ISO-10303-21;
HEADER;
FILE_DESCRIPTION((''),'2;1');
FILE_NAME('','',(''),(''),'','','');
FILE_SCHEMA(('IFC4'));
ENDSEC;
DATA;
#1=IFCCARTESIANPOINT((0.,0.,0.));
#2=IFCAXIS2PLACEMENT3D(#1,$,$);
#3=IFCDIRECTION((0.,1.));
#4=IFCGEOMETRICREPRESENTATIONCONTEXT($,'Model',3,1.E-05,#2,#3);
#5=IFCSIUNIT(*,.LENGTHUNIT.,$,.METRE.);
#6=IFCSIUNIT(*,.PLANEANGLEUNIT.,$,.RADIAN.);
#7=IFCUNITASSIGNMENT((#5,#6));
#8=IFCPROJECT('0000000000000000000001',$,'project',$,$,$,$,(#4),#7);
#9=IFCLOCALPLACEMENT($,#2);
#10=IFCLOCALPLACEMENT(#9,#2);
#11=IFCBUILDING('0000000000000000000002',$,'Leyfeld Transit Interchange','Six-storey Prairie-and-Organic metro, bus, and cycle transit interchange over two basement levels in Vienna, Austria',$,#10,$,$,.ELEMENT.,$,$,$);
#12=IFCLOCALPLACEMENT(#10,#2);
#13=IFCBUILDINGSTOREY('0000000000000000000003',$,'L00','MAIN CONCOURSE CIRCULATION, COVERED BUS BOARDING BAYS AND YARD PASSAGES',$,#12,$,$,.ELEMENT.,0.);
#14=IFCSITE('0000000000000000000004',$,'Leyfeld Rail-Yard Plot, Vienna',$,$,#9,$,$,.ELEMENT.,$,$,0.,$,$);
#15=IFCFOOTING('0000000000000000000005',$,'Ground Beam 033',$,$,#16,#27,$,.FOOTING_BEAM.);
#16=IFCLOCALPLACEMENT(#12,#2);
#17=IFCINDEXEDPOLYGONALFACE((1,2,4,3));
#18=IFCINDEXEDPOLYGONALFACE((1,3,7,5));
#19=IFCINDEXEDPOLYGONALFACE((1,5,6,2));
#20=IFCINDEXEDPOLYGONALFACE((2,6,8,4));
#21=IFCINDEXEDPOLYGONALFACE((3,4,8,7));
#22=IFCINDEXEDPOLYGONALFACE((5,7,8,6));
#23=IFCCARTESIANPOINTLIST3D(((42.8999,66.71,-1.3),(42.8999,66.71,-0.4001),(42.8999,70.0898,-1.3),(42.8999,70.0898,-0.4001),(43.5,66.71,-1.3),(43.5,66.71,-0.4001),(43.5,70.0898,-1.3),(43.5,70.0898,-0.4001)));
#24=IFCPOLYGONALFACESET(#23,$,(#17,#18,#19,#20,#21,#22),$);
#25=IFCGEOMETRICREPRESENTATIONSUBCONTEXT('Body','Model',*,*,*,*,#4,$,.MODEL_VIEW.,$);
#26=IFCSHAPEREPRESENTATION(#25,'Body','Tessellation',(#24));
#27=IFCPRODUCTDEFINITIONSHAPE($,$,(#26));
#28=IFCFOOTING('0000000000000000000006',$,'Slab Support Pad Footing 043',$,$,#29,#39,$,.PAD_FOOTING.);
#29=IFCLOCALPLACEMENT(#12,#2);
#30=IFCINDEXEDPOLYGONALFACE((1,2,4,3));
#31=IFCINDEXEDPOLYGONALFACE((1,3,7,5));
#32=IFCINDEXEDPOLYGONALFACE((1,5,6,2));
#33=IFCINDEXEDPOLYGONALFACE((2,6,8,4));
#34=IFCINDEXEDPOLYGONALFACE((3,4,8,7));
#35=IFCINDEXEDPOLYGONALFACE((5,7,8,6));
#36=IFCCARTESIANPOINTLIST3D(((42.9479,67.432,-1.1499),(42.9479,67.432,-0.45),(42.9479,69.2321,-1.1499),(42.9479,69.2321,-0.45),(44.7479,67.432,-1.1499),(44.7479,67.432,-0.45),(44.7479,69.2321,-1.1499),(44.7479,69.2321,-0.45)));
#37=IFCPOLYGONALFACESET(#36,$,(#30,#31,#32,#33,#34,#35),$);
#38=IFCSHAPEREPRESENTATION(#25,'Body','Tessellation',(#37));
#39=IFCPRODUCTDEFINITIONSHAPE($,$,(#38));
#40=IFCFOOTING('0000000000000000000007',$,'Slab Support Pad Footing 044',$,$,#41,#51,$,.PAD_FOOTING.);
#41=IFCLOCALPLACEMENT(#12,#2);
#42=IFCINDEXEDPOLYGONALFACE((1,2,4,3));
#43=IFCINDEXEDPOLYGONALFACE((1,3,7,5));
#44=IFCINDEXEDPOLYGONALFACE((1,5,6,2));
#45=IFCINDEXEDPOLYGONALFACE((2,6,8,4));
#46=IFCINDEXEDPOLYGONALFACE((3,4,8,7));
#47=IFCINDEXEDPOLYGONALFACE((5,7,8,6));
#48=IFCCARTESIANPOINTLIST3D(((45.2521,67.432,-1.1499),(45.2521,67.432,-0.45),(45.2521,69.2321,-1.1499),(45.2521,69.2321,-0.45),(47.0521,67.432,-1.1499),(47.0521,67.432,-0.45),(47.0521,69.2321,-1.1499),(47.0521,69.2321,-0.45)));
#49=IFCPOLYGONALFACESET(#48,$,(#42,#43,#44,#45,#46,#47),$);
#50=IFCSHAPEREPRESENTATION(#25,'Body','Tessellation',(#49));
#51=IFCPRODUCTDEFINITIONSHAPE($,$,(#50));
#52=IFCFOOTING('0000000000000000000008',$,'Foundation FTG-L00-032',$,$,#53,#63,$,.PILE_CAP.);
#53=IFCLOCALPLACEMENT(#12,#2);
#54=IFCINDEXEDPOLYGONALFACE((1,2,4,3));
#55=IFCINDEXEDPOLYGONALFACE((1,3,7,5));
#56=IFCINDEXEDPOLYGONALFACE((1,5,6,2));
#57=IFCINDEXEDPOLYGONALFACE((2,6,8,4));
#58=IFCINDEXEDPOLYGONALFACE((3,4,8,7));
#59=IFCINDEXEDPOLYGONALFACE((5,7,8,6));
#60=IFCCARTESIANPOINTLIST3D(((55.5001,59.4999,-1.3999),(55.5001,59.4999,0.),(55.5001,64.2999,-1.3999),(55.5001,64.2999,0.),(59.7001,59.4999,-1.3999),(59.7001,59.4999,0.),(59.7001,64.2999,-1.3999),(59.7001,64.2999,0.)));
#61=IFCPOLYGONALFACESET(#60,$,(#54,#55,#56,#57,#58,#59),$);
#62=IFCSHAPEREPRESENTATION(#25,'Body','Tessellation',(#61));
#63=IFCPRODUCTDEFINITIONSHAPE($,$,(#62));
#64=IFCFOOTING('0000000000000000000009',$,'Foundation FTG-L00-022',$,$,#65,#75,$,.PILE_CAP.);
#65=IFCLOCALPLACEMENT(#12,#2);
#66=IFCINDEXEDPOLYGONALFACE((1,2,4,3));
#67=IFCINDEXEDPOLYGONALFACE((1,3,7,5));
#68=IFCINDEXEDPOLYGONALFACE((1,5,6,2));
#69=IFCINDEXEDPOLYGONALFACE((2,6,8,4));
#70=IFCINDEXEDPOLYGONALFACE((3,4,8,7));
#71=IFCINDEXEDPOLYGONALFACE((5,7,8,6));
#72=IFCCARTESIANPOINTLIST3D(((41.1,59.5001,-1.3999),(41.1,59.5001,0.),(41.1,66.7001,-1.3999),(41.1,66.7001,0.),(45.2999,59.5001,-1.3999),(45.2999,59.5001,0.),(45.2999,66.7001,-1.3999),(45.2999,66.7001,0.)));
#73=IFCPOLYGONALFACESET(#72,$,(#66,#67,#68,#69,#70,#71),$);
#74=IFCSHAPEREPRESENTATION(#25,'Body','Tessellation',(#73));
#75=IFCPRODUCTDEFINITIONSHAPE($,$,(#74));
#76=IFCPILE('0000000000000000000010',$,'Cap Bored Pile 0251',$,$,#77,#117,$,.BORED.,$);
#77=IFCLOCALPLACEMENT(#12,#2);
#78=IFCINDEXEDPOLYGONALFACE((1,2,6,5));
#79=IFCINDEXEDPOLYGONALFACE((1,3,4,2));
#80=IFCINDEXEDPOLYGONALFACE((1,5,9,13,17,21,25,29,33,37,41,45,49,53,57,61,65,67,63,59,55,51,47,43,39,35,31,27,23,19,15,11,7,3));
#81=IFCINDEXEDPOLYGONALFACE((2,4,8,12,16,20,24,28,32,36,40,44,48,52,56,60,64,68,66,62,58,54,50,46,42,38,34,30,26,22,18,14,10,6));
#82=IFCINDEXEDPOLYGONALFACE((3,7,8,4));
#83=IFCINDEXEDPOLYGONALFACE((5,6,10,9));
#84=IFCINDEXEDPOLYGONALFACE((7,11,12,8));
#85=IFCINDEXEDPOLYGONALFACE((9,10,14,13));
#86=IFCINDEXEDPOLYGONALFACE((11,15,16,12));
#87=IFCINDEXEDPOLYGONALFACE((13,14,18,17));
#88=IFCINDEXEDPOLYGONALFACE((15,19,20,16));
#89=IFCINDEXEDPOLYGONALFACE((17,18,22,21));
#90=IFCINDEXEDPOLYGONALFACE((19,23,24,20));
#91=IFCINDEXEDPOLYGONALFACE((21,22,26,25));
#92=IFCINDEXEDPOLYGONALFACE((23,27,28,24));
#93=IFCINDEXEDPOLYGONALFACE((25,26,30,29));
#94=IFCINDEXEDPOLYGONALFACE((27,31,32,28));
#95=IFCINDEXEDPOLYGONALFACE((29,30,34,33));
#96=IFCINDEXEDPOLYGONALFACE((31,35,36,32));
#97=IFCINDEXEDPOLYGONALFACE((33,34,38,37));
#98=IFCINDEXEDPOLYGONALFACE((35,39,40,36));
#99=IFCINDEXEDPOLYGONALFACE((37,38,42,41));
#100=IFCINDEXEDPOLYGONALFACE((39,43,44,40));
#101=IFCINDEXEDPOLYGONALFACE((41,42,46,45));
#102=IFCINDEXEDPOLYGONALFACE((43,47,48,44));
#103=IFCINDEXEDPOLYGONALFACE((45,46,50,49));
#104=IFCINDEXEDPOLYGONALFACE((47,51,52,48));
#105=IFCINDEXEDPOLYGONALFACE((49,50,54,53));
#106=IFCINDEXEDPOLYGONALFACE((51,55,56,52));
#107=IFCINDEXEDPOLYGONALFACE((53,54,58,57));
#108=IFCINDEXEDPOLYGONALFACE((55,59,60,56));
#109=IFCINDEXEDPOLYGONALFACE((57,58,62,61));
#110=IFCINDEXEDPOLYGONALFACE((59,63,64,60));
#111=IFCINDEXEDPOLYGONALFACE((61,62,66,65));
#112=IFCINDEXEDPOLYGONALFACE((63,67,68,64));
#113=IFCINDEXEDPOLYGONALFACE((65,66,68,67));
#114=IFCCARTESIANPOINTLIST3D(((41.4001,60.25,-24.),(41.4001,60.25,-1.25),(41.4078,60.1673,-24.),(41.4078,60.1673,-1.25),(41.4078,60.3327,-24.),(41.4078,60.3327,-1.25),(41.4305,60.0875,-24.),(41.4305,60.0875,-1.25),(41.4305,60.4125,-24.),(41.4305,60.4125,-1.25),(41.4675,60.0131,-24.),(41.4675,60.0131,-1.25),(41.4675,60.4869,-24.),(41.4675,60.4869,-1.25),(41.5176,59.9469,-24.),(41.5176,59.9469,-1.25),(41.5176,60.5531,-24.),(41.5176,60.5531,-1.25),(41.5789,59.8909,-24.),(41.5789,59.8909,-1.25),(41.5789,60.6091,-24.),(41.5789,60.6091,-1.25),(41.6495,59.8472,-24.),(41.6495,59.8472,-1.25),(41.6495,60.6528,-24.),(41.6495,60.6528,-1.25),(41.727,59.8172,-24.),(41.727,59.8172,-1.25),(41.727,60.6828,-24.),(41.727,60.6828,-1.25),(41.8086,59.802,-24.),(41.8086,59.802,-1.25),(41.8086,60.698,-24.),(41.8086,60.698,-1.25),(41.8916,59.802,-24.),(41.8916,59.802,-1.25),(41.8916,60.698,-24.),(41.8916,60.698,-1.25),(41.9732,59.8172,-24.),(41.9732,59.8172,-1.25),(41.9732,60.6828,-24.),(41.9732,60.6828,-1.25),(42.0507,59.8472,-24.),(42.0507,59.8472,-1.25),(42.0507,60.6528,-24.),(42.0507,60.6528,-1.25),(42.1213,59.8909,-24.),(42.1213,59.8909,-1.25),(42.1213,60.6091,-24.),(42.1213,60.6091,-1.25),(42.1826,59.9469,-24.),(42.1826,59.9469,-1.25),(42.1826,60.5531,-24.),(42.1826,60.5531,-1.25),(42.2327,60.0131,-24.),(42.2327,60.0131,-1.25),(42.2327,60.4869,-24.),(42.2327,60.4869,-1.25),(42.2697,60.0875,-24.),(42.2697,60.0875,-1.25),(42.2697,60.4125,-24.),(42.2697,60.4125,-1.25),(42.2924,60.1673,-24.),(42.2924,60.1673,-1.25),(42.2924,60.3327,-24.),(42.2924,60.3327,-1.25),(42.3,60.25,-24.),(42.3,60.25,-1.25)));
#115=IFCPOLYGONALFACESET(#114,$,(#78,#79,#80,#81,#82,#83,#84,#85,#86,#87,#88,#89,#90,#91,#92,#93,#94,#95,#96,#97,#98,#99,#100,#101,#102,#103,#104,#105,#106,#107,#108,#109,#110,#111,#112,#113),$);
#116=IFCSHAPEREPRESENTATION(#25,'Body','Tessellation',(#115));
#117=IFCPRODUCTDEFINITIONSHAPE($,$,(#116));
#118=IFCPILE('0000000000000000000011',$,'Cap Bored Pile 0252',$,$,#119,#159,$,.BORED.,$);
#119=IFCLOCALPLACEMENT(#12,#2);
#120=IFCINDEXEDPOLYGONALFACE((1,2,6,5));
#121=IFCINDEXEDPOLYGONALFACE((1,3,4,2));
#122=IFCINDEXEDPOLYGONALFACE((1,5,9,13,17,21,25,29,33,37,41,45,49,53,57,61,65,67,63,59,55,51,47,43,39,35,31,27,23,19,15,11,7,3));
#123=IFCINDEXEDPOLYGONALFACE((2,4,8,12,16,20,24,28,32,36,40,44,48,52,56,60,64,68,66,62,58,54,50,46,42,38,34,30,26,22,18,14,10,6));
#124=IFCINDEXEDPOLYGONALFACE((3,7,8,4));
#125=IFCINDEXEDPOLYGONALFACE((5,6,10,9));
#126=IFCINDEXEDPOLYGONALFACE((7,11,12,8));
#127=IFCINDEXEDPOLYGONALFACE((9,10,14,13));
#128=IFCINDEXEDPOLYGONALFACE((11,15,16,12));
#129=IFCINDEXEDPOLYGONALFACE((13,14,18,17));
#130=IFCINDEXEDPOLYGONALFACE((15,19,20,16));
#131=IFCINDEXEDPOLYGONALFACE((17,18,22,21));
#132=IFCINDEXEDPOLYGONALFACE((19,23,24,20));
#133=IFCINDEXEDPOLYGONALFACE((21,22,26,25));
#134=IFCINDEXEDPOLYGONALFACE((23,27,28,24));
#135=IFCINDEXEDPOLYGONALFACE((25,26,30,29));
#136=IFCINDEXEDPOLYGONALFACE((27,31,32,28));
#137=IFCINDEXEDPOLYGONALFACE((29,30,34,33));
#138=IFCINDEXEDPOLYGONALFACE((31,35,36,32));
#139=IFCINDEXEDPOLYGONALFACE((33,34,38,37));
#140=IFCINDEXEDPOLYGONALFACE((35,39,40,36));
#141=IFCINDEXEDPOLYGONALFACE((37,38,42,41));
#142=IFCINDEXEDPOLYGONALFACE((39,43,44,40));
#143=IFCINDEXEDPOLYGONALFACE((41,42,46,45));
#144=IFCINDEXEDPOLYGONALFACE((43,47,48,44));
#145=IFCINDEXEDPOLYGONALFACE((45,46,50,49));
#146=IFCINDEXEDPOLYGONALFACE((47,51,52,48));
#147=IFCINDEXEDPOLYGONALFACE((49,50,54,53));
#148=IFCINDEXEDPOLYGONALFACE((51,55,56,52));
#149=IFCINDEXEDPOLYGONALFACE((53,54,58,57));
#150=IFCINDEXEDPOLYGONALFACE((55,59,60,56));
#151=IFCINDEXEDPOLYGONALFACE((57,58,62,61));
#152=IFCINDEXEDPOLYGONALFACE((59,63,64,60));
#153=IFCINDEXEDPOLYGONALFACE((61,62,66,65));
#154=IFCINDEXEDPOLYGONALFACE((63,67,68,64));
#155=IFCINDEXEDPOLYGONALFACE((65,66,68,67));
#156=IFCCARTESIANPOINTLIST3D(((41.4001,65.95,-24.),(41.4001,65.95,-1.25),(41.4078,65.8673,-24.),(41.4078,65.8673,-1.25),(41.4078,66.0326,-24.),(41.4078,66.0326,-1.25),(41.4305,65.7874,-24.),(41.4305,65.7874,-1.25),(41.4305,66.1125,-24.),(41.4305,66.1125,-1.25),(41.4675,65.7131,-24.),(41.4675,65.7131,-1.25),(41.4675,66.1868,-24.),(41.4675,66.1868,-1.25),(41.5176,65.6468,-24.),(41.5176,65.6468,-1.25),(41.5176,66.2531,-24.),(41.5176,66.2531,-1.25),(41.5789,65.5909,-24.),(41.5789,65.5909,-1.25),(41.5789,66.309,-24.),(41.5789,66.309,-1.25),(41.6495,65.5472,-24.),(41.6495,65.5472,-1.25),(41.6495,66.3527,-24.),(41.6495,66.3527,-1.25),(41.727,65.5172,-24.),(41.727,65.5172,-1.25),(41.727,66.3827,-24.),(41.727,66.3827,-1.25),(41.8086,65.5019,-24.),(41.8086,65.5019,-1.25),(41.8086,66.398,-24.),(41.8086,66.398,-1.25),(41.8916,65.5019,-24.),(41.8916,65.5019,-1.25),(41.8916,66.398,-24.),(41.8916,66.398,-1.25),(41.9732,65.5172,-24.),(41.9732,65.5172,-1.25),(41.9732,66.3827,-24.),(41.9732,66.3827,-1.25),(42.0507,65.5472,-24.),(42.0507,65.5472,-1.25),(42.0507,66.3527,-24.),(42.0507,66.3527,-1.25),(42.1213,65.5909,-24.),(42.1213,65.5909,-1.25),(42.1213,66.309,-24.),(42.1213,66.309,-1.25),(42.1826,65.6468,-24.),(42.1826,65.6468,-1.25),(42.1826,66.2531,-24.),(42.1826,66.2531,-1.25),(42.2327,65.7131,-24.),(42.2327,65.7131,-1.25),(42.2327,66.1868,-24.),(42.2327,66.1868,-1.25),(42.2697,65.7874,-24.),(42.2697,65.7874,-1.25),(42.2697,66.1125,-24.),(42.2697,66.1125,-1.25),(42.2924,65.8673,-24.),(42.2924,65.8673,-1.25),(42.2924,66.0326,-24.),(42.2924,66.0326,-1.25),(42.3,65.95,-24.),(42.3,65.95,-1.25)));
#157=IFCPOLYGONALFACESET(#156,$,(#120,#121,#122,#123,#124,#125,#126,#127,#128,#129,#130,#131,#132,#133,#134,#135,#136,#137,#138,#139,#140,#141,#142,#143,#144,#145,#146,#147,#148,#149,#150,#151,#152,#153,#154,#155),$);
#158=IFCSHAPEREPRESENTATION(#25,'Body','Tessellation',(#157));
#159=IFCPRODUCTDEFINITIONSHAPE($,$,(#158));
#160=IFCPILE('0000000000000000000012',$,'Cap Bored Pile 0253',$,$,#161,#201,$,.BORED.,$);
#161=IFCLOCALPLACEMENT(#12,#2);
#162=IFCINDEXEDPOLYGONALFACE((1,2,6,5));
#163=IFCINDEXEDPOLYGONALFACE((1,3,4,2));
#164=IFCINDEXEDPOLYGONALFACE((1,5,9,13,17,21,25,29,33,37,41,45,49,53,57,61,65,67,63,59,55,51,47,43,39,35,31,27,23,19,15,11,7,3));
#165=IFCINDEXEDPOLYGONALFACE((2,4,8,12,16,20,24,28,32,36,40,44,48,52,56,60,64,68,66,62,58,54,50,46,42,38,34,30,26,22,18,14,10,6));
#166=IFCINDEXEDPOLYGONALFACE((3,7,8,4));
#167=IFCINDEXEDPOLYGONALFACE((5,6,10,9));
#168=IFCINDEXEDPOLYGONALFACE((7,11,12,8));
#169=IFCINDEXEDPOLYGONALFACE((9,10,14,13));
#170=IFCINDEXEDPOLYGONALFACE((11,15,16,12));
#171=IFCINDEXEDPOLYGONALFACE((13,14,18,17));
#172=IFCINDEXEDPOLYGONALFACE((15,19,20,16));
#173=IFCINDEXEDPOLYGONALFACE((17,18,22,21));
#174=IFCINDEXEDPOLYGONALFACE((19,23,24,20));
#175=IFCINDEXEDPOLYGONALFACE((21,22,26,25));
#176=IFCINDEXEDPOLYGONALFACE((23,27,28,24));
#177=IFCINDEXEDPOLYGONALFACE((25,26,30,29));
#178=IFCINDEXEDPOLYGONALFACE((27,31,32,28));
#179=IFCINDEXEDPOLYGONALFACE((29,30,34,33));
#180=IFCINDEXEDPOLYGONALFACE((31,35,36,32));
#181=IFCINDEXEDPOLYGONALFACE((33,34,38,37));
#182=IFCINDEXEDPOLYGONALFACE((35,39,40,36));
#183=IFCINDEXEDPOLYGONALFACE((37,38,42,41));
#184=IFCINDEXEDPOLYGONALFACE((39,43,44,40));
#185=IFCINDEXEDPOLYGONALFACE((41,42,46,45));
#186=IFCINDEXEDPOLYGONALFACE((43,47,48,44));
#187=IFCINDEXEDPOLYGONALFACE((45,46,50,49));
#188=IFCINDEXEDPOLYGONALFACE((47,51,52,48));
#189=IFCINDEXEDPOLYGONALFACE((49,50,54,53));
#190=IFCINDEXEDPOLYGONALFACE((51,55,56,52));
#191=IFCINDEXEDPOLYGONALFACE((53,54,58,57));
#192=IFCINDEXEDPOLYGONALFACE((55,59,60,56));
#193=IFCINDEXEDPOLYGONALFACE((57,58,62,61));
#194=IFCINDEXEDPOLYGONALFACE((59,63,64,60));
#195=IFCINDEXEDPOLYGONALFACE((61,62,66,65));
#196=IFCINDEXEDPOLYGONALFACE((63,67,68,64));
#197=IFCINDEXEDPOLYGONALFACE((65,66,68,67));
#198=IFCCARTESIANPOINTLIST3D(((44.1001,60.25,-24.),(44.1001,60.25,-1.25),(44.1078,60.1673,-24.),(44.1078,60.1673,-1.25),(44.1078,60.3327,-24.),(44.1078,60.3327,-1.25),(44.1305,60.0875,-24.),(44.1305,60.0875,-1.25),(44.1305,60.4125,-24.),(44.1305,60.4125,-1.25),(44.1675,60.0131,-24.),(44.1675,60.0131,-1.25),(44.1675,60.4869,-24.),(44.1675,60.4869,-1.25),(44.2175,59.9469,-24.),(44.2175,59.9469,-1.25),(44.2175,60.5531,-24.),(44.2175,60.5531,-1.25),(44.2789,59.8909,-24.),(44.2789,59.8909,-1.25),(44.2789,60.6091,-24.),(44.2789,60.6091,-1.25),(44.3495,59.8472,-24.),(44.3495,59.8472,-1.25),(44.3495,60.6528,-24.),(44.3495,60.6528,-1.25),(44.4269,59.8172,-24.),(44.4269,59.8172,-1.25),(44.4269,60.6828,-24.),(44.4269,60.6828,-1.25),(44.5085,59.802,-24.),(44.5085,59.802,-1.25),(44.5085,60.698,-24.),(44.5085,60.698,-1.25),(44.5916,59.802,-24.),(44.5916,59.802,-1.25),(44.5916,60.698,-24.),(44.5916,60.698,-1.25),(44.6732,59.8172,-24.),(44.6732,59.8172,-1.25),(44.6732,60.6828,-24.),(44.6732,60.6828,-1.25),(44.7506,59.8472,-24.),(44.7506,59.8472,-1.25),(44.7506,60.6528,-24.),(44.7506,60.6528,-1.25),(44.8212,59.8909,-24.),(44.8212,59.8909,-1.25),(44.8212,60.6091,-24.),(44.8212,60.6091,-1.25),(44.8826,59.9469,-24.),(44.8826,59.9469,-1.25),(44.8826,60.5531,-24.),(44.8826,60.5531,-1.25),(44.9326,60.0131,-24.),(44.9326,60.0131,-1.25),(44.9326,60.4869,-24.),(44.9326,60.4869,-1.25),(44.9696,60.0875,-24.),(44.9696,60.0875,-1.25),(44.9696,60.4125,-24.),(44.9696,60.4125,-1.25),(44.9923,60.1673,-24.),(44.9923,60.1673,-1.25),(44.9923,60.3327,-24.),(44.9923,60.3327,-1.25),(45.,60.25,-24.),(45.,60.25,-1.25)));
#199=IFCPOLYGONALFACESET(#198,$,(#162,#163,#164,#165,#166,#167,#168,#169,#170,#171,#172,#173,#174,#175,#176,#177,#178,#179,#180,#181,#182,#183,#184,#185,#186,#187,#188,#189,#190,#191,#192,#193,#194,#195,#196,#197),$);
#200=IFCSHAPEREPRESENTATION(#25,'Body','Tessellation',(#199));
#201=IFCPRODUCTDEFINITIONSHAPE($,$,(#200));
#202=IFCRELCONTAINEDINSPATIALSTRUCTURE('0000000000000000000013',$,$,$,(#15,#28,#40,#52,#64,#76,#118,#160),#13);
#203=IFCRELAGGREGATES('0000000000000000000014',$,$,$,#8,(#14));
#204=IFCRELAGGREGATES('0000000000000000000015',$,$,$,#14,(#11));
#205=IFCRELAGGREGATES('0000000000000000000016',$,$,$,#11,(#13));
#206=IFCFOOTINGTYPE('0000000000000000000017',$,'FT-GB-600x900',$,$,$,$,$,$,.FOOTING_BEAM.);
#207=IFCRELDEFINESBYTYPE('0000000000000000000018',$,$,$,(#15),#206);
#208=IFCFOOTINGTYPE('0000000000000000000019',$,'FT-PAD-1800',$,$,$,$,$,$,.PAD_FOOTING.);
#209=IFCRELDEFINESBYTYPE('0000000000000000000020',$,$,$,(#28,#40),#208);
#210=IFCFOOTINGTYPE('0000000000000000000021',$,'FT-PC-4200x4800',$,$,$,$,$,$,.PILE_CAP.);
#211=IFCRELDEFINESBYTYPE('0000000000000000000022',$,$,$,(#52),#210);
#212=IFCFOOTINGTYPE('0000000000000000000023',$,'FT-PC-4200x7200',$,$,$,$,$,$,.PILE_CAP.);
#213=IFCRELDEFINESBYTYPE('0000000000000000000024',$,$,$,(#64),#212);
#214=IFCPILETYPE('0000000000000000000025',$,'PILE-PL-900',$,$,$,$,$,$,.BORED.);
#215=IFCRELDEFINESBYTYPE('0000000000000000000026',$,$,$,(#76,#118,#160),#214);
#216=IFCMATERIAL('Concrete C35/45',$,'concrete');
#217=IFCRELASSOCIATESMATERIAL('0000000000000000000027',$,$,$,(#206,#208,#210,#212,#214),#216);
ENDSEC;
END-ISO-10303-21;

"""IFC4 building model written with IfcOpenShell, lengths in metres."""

from ifc_helpers import new_model, si_unit, direction, frame, origin, origin_2d, place, context, subcontext, project, spatial, rectangle, circle, extrude, material, material_profile, profile_set, type_object, element, save


model = new_model("IFC4")

# Units and contexts
model_context = context("Model", 3, precision=1e-05, world=origin(), true_north=direction((0.0, 1.0)))
body_context = subcontext(model_context, "Body", "Model", "MODEL_VIEW")
ifc_project = project(units=[si_unit("LENGTHUNIT", "METRE"), si_unit("PLANEANGLEUNIT", "RADIAN")], contexts=[model_context])

# Site, building, storey
site_placement = place(None, origin())
site = spatial("IfcSite", under=ifc_project, at=site_placement, Name="Leyfeld Rail-Yard Plot, Vienna", CompositionType="ELEMENT", RefElevation=0.0)
building_placement = place(site_placement, origin())
building = spatial("IfcBuilding", under=site, at=building_placement, Name="Leyfeld Transit Interchange", Description="Six-storey Prairie-and-Organic metro, bus, and cycle transit interchange over two basement levels in Vienna, Austria", CompositionType="ELEMENT")
storey_placement = place(building_placement, origin())
storey = spatial("IfcBuildingStorey", under=building, at=storey_placement, Name="L00", Description="MAIN CONCOURSE CIRCULATION, COVERED BUS BOARDING BAYS AND YARD PASSAGES", CompositionType="ELEMENT", Elevation=0.0)

# Footings
ifc_material_1 = material(Name="Concrete C35/45", Category="concrete")
footing_type_1 = type_object("IfcFootingType", Name="FT-GB-600x900", PredefinedType="FOOTING_BEAM", material=ifc_material_1)
footing_1_placement = place(storey_placement, frame((43.2, 68.3999, -1.3), z_axis=(0.0, 0.0, 1.0), x_axis=(1.0, 0.0, 0.0)))
element("IfcFooting", 1, at=footing_1_placement, inside=storey, type_object=footing_type_1, Name="Ground Beam 033", PredefinedType="FOOTING_BEAM", context=body_context, shape_type="SweptSolid", body=[
    extrude(rectangle(XDim=0.6001, YDim=3.3799, at=origin_2d()), origin(), (0.0, 0.0, 1.0), 0.8999),
])
footing_type_2 = type_object("IfcFootingType", Name="FT-PAD-1800", PredefinedType="PAD_FOOTING", material=ifc_material_1)
for number, where, z_axis, x_axis, name in (
    (2, (43.8479, 68.332, -1.1499), (0.0, 0.0, 1.0), (1.0, 0.0, 0.0), "Slab Support Pad Footing 043"),
    (3, (46.1521, 68.332, -1.1499), (0.0, 0.0, 1.0), (1.0, 0.0, 0.0), "Slab Support Pad Footing 044"),
):
    element("IfcFooting", number, at=place(storey_placement, frame(where, z_axis=z_axis, x_axis=x_axis)), inside=storey, type_object=footing_type_2, Name=name, PredefinedType="PAD_FOOTING", context=body_context, shape_type="SweptSolid", body=[
        extrude(rectangle(XDim=1.8, YDim=1.8, at=origin_2d()), origin(), (0.0, 0.0, 1.0), 0.7),
    ])
footing_type_3 = type_object("IfcFootingType", Name="FT-PC-4200x4800", PredefinedType="PILE_CAP", material=ifc_material_1)
footing_2_placement = place(storey_placement, frame((57.6001, 61.8999, -1.3999), z_axis=(0.0, 0.0, 1.0), x_axis=(1.0, 0.0, 0.0)))
element("IfcFooting", 4, at=footing_2_placement, inside=storey, type_object=footing_type_3, Name="Foundation FTG-L00-032", PredefinedType="PILE_CAP", context=body_context, shape_type="SweptSolid", body=[
    extrude(rectangle(XDim=4.2, YDim=4.8, at=origin_2d()), origin(), (0.0, 0.0, 1.0), 1.3999),
])
footing_type_4 = type_object("IfcFootingType", Name="FT-PC-4200x7200", PredefinedType="PILE_CAP", material=ifc_material_1)
footing_3_placement = place(storey_placement, frame((43.2, 63.1001, -1.3999), z_axis=(0.0, 0.0, 1.0), x_axis=(1.0, 0.0, 0.0)))
element("IfcFooting", 5, at=footing_3_placement, inside=storey, type_object=footing_type_4, Name="Foundation FTG-L00-022", PredefinedType="PILE_CAP", context=body_context, shape_type="SweptSolid", body=[
    extrude(rectangle(XDim=4.2, YDim=7.2, at=origin_2d()), origin(), (0.0, 0.0, 1.0), 1.3999),
])

# Piles
ifc_material_profile_1 = material_profile(ifc_material_1, circle(Radius=0.45, at=origin_2d()), Name="PILE D900")
ifc_profile_set_1 = profile_set([ifc_material_profile_1], Name="Concrete C35/45")
pile_type = type_object("IfcPileType", Name="PILE-PL-900", PredefinedType="BORED", material=ifc_profile_set_1)
for number, where, z_axis, x_axis, name in (
    (6, (41.8501, 60.25, -1.25), (0.0, 0.0, -1.0), (1.0, 0.0, 0.0), "Cap Bored Pile 0251"),
    (7, (41.8501, 65.95, -1.25), (0.0, 0.0, -1.0), (1.0, 0.0, 0.0), "Cap Bored Pile 0252"),
    (8, (44.55, 60.25, -1.25), (0.0, 0.0, -1.0), (1.0, 0.0, 0.0), "Cap Bored Pile 0253"),
):
    element("IfcPile", number, at=place(storey_placement, frame(where, z_axis=z_axis, x_axis=x_axis)), inside=storey, type_object=pile_type, Name=name, PredefinedType="BORED", context=body_context, shape_type="SweptSolid", body=[
        extrude(circle(Radius=0.45, at=origin_2d()), origin(), (0.0, 0.0, 1.0), 22.75),
    ])

save(model, "model.ifc")
